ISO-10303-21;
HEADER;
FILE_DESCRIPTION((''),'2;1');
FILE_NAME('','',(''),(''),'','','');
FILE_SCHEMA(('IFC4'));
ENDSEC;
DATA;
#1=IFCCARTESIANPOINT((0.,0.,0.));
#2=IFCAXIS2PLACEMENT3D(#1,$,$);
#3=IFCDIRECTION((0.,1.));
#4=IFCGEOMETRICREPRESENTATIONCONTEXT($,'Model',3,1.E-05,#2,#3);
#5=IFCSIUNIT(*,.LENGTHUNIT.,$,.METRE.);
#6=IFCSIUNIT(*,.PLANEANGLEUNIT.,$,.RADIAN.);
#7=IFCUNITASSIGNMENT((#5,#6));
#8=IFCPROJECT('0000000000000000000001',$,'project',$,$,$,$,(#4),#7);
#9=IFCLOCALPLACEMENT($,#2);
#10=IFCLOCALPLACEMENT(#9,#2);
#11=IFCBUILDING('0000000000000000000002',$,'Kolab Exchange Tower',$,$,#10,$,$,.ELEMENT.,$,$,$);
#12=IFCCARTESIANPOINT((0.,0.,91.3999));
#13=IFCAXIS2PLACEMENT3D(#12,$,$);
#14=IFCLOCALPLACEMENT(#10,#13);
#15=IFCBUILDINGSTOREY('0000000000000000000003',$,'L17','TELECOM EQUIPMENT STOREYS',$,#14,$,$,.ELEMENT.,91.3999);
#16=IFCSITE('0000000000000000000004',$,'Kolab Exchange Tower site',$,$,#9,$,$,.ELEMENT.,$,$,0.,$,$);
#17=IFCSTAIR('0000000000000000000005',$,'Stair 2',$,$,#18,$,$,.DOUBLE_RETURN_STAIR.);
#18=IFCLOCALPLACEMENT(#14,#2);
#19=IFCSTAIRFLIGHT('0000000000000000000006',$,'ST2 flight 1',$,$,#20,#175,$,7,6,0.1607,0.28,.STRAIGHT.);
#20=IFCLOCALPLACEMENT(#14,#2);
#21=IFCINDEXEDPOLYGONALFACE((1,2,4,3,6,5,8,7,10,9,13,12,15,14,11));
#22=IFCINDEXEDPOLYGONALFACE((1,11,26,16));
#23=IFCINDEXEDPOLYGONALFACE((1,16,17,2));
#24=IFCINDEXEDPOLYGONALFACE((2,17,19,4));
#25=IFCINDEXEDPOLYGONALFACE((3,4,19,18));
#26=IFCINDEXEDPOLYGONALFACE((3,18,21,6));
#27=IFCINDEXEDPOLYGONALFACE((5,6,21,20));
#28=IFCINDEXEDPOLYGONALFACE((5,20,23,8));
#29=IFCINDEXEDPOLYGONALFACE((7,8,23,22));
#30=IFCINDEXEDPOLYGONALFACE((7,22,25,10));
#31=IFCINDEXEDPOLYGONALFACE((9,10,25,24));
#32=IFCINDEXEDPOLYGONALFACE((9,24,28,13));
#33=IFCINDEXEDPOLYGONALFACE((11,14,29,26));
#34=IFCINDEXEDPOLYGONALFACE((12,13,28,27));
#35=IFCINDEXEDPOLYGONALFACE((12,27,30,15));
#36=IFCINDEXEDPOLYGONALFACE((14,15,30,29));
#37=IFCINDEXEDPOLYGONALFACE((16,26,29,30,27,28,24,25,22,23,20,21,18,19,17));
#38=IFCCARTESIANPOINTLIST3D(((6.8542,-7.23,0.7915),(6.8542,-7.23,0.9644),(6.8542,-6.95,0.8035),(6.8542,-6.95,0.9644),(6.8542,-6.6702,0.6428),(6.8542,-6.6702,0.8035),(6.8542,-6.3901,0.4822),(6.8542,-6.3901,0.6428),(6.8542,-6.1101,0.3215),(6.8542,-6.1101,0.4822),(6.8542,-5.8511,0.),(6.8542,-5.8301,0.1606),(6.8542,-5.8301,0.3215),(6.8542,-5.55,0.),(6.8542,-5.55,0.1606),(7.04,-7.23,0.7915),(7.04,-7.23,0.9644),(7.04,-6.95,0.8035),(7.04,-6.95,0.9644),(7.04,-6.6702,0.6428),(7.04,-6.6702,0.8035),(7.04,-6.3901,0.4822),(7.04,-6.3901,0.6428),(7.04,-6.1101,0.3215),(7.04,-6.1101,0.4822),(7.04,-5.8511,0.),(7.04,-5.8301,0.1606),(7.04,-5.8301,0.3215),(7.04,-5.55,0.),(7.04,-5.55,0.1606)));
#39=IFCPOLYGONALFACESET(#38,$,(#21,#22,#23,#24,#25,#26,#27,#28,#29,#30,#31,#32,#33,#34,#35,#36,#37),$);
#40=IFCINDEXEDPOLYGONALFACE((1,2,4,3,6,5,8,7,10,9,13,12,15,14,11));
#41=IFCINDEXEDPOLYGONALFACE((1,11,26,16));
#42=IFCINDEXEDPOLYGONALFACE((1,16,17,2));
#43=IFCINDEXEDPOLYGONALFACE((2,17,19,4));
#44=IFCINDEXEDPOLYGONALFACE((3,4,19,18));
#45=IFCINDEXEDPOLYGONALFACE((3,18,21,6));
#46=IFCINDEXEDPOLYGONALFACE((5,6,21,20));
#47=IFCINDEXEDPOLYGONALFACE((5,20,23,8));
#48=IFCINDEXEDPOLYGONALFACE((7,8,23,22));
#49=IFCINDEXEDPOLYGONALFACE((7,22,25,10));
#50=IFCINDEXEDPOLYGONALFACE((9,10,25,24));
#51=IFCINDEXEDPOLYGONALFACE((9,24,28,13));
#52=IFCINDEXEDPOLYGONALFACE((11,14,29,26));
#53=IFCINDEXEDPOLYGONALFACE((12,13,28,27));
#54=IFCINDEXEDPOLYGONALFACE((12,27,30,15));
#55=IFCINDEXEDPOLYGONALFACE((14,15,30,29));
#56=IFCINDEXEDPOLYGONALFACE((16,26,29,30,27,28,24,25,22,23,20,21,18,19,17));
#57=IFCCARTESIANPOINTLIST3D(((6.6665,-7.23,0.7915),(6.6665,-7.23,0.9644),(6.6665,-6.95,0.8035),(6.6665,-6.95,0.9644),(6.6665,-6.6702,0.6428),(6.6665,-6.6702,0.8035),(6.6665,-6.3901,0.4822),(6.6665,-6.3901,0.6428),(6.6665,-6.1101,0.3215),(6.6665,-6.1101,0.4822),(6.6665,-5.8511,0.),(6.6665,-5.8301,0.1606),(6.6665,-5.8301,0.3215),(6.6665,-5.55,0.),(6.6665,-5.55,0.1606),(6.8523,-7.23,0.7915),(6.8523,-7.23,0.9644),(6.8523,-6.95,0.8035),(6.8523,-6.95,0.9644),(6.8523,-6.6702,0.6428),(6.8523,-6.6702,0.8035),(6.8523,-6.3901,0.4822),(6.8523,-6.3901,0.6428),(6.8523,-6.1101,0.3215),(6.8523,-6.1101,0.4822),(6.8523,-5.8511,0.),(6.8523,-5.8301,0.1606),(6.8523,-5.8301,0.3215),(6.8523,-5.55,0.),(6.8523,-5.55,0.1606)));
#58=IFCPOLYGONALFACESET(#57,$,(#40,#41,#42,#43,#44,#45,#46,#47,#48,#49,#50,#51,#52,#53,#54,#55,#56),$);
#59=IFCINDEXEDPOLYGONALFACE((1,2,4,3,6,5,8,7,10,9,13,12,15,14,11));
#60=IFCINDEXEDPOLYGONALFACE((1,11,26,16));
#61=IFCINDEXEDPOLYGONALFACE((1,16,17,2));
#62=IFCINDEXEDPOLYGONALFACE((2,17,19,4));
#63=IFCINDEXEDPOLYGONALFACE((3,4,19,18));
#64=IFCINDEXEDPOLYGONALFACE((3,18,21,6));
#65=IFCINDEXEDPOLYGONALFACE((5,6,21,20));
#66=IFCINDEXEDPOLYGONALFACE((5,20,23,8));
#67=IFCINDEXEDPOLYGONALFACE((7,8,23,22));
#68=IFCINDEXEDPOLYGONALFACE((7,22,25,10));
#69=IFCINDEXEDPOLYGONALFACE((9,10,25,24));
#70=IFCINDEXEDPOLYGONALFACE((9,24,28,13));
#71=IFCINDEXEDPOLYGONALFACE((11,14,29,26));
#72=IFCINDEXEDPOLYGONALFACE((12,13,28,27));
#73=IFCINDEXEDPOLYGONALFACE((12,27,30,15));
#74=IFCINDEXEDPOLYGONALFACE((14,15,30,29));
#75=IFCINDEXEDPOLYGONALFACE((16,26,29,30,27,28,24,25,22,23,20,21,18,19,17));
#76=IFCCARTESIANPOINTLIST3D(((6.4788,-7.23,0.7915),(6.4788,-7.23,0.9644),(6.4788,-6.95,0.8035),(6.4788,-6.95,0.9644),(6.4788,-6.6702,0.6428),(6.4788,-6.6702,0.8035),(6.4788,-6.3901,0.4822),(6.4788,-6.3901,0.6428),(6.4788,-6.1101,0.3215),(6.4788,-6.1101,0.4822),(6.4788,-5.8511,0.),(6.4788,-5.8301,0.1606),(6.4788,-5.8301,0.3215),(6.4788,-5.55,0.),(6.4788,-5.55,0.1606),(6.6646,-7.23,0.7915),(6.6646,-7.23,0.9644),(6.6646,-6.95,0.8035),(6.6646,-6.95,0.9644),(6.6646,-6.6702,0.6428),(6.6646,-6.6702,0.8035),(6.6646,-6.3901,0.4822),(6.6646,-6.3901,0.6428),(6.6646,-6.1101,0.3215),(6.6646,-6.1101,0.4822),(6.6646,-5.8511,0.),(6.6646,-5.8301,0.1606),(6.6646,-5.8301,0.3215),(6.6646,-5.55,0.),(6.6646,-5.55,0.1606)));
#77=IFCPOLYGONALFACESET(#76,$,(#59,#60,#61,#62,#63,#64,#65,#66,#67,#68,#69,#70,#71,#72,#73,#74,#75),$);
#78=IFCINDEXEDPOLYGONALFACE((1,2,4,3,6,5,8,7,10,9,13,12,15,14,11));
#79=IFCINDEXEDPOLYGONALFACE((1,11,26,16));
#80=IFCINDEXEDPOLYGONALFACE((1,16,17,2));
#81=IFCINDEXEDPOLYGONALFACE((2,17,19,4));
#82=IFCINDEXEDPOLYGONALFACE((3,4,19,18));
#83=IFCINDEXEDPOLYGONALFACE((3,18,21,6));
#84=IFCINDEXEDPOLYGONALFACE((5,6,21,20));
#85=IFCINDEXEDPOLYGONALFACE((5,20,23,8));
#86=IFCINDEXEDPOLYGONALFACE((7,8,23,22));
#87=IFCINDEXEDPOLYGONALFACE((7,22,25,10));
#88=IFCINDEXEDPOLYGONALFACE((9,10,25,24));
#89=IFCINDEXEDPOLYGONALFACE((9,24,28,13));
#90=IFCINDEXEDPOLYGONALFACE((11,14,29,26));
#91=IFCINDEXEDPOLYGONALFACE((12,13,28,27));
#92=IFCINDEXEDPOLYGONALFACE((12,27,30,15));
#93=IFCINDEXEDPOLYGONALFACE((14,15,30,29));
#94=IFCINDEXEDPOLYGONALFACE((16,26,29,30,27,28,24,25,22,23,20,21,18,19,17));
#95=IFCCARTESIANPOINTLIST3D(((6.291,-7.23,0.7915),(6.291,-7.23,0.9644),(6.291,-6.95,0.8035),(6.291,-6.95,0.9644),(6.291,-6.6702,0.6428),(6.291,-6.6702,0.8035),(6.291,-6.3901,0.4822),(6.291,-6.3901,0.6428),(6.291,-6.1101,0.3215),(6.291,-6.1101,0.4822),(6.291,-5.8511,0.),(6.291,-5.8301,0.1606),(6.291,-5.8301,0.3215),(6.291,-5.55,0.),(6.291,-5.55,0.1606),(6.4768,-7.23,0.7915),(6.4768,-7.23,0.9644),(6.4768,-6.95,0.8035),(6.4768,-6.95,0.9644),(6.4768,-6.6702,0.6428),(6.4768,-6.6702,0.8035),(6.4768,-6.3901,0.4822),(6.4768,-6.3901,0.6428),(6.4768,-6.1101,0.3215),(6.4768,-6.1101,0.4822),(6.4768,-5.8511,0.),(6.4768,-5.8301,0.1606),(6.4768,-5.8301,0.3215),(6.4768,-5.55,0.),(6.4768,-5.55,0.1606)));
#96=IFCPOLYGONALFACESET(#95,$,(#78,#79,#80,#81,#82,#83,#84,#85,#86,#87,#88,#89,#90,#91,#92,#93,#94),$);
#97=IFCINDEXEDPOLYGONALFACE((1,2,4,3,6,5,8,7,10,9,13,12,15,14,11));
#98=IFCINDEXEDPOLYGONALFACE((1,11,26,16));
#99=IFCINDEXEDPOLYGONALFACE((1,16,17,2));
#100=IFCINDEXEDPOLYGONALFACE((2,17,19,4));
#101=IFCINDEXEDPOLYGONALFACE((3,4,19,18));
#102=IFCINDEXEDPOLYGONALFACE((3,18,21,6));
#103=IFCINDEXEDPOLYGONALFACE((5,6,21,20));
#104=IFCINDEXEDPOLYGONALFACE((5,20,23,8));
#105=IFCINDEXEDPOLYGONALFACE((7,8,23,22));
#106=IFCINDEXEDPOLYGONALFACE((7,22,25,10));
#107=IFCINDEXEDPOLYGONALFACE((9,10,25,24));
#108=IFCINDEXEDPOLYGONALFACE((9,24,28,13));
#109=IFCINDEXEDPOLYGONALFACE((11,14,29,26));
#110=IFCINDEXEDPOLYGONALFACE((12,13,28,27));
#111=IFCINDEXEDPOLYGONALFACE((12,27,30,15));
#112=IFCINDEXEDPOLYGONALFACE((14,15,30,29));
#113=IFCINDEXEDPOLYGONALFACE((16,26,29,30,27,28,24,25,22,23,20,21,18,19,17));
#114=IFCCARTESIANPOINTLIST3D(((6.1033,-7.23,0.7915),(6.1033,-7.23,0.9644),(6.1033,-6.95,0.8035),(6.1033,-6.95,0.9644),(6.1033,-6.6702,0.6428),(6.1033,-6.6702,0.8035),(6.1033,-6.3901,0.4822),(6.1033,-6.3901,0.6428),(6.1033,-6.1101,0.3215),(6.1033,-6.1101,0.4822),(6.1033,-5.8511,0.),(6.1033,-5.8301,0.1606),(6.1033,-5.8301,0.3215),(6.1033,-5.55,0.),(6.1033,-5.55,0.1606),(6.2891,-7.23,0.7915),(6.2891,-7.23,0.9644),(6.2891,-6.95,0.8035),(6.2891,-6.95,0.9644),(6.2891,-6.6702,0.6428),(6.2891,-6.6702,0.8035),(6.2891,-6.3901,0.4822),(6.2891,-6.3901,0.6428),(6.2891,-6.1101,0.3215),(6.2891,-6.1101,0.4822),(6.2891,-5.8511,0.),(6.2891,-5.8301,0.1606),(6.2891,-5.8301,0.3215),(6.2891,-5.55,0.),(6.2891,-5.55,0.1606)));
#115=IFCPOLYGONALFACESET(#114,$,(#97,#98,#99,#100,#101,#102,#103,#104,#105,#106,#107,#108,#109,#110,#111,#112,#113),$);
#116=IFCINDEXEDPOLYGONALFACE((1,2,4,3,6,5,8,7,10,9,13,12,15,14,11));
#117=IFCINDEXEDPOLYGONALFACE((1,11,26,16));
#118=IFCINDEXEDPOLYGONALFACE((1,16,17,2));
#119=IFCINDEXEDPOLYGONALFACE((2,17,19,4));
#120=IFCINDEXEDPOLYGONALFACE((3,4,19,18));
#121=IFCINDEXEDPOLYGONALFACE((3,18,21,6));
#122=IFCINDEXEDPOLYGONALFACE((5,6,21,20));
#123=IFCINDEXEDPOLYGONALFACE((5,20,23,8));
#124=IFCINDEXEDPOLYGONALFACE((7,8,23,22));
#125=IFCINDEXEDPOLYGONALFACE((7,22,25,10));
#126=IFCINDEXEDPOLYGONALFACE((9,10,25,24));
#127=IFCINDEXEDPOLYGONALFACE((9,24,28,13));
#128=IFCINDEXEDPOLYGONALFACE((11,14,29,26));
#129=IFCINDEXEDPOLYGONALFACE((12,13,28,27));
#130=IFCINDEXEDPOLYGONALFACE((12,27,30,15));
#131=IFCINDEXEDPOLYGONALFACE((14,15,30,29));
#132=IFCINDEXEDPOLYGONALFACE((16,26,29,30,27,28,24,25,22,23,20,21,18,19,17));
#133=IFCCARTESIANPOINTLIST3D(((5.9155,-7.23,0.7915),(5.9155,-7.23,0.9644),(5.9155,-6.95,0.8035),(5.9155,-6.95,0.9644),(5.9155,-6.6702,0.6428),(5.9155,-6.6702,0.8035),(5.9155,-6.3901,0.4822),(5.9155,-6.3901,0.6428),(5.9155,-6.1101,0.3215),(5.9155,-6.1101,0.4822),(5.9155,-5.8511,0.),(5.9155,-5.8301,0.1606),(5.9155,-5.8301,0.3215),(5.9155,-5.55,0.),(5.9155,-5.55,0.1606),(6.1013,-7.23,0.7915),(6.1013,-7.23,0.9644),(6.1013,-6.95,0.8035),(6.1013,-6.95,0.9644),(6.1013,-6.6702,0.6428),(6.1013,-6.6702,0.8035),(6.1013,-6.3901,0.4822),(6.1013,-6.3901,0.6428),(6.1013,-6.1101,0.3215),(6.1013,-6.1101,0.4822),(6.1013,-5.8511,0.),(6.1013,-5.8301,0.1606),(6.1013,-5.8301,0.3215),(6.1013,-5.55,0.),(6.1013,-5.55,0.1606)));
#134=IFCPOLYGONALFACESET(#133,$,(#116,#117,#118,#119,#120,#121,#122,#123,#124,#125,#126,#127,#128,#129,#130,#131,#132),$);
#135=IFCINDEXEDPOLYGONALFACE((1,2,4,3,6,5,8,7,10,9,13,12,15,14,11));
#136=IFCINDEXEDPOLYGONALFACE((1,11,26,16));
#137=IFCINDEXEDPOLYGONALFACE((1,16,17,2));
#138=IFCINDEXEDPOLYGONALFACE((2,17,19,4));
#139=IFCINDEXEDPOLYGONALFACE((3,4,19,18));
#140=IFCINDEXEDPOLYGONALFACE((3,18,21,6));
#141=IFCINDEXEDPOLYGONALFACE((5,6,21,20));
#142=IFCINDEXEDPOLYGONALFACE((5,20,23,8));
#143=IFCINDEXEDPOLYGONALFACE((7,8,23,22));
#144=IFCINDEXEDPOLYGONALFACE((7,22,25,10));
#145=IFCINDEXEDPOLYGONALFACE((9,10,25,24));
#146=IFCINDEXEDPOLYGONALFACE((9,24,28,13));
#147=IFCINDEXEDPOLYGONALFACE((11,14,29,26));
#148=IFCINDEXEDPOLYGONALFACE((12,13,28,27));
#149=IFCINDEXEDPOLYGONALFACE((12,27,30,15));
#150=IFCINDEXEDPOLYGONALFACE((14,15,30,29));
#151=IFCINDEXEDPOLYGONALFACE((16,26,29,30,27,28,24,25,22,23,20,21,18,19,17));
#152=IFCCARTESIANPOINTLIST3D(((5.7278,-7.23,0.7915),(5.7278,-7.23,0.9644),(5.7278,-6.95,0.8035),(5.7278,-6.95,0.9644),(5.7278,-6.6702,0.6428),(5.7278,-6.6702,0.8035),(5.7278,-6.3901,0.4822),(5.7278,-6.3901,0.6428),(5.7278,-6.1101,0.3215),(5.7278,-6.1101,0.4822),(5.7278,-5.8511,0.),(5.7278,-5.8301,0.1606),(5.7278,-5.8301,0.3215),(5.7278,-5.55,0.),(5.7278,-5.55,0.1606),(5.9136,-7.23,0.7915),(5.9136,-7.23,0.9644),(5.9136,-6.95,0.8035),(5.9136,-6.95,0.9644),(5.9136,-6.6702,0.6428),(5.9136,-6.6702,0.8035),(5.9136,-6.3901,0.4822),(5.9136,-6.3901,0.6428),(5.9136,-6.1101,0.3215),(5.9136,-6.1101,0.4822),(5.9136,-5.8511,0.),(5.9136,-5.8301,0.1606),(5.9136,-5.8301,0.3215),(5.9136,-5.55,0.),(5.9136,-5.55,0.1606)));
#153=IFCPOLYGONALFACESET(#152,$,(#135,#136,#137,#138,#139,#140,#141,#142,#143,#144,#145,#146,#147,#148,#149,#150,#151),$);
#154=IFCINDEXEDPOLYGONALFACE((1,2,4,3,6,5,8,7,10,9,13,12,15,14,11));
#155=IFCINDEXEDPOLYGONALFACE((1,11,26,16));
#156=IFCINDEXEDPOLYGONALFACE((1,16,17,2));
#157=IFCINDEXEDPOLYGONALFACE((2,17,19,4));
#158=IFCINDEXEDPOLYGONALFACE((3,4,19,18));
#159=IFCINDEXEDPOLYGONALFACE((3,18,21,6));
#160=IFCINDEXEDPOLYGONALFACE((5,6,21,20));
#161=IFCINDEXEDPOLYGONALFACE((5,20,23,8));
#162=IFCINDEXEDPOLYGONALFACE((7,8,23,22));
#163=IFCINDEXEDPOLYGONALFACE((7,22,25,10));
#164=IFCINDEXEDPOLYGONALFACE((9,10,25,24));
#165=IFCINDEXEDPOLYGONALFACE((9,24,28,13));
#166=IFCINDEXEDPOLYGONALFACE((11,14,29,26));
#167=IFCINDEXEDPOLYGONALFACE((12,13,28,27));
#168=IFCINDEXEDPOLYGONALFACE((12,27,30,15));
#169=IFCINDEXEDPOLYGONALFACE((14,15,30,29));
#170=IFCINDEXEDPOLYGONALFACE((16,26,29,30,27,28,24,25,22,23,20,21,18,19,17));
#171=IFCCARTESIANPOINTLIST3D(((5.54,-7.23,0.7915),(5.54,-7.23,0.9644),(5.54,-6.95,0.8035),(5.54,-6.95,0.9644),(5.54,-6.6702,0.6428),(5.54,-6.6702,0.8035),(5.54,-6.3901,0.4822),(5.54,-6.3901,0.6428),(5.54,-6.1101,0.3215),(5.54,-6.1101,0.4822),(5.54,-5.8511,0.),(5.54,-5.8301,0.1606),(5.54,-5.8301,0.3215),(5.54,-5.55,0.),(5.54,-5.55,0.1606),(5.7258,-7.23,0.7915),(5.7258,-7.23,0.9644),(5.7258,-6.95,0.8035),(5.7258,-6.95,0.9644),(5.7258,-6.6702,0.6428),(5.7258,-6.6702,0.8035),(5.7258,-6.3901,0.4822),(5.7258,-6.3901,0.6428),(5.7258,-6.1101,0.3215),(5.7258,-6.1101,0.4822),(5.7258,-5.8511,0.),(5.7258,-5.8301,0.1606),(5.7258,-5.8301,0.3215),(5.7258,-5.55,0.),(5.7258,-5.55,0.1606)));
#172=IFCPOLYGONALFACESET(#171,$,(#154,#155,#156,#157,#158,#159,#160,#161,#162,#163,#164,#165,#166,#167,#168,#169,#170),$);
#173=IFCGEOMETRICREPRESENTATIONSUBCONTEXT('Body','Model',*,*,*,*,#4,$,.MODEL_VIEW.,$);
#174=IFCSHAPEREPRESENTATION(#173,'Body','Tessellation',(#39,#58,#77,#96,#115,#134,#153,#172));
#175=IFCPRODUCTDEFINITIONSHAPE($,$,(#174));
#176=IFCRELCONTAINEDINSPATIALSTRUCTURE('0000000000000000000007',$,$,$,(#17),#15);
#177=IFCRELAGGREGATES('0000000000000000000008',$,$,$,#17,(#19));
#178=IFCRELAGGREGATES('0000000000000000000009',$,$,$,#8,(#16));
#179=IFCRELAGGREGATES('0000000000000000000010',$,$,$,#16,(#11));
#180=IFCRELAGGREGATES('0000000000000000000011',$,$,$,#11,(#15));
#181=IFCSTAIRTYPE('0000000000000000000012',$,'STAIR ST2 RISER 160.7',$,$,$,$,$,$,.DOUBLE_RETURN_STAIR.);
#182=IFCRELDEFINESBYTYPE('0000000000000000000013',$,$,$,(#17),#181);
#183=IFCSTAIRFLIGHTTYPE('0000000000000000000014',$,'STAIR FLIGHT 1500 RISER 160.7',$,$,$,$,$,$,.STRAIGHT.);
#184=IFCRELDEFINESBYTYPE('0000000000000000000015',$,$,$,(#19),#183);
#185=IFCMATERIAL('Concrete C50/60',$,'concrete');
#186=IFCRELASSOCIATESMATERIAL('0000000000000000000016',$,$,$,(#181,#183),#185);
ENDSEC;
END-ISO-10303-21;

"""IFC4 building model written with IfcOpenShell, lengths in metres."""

from ifc_helpers import new_model, si_unit, direction, frame, origin, place, context, subcontext, project, spatial, polyline, outline, extrude, material, type_object, element, aggregate, save


model = new_model("IFC4")

# Units and contexts
model_context = context("Model", 3, precision=1e-05, world=origin(), true_north=direction((0.0, 1.0)))
body_context = subcontext(model_context, "Body", "Model", "MODEL_VIEW")
ifc_project = project(units=[si_unit("LENGTHUNIT", "METRE"), si_unit("PLANEANGLEUNIT", "RADIAN")], contexts=[model_context])

# Site, building, storey
site_placement = place(None, origin())
site = spatial("IfcSite", under=ifc_project, at=site_placement, Name="Kolab Exchange Tower site", CompositionType="ELEMENT", RefElevation=0.0)
building_placement = place(site_placement, origin())
building = spatial("IfcBuilding", under=site, at=building_placement, Name="Kolab Exchange Tower", CompositionType="ELEMENT")
storey_placement = place(building_placement, frame((0.0, 0.0, 91.3999)))
storey = spatial("IfcBuildingStorey", under=building, at=storey_placement, Name="L17", Description="TELECOM EQUIPMENT STOREYS", CompositionType="ELEMENT", Elevation=91.3999)

# Shared definitions
ifc_material_1 = material(Name="Concrete C50/60", Category="concrete")

# Stair, stair flight
stair_type = type_object("IfcStairType", Name="STAIR ST2 RISER 160.7", PredefinedType="DOUBLE_RETURN_STAIR", material=ifc_material_1)
stair_placement = place(storey_placement, origin())
stair = element("IfcStair", 1, at=stair_placement, inside=storey, type_object=stair_type, Name="Stair 2", PredefinedType="DOUBLE_RETURN_STAIR")
stair_flight_type = type_object("IfcStairFlightType", Name="STAIR FLIGHT 1500 RISER 160.7", PredefinedType="STRAIGHT", material=ifc_material_1)
stair_flight_1_placement = place(storey_placement, frame((6.29, -5.55, 0.0), z_axis=(0.0, 0.0, 1.0), x_axis=(0.0, -1.0, 0.0)))
stair_flight_1 = element("IfcStairFlight", 2, at=stair_flight_1_placement, type_object=stair_flight_type, Name="ST2 flight 1", NumberOfRisers=7, NumberOfTreads=6, PredefinedType="STRAIGHT", RiserHeight=0.1607, TreadLength=0.28, context=body_context, shape_type="SweptSolid", body=[
    extrude(outline(polyline([(0.0, 0.0), (0.0, 0.1606), (0.28, 0.1606), (0.28, 0.3215), (0.5601, 0.3215), (0.5601, 0.4822), (0.8401, 0.4822), (0.8401, 0.6428), (1.1201, 0.6428), (1.1201, 0.8035), (1.3999, 0.8035), (1.3999, 0.9644), (1.6799, 0.9644), (1.6799, 1.125), (1.6799, 0.7915), (0.301, 0.0), (0.0, 0.0)])), frame((0.0, 0.75, 0.0), z_axis=(0.0, -1.0, 0.0), x_axis=(1.0, 0.0, 0.0)), (0.0, 0.0, 1.0), 0.1858),
    extrude(outline(polyline([(0.0, 0.0), (0.0, 0.1606), (0.28, 0.1606), (0.28, 0.3215), (0.5601, 0.3215), (0.5601, 0.4822), (0.8401, 0.4822), (0.8401, 0.6428), (1.1201, 0.6428), (1.1201, 0.8035), (1.3999, 0.8035), (1.3999, 0.9644), (1.6799, 0.9644), (1.6799, 1.125), (1.6799, 0.7915), (0.301, 0.0), (0.0, 0.0)])), frame((0.0, 0.5623, 0.0), z_axis=(0.0, -1.0, 0.0), x_axis=(1.0, 0.0, 0.0)), (0.0, 0.0, 1.0), 0.1858),
    extrude(outline(polyline([(0.0, 0.0), (0.0, 0.1606), (0.28, 0.1606), (0.28, 0.3215), (0.5601, 0.3215), (0.5601, 0.4822), (0.8401, 0.4822), (0.8401, 0.6428), (1.1201, 0.6428), (1.1201, 0.8035), (1.3999, 0.8035), (1.3999, 0.9644), (1.6799, 0.9644), (1.6799, 1.125), (1.6799, 0.7915), (0.301, 0.0), (0.0, 0.0)])), frame((0.0, 0.3745, 0.0), z_axis=(0.0, -1.0, 0.0), x_axis=(1.0, 0.0, 0.0)), (0.0, 0.0, 1.0), 0.1858),
    extrude(outline(polyline([(0.0, 0.0), (0.0, 0.1606), (0.28, 0.1606), (0.28, 0.3215), (0.5601, 0.3215), (0.5601, 0.4822), (0.8401, 0.4822), (0.8401, 0.6428), (1.1201, 0.6428), (1.1201, 0.8035), (1.3999, 0.8035), (1.3999, 0.9644), (1.6799, 0.9644), (1.6799, 1.125), (1.6799, 0.7915), (0.301, 0.0), (0.0, 0.0)])), frame((0.0, 0.1868, 0.0), z_axis=(0.0, -1.0, 0.0), x_axis=(1.0, 0.0, 0.0)), (0.0, 0.0, 1.0), 0.1858),
    extrude(outline(polyline([(0.0, 0.0), (0.0, 0.1606), (0.28, 0.1606), (0.28, 0.3215), (0.5601, 0.3215), (0.5601, 0.4822), (0.8401, 0.4822), (0.8401, 0.6428), (1.1201, 0.6428), (1.1201, 0.8035), (1.3999, 0.8035), (1.3999, 0.9644), (1.6799, 0.9644), (1.6799, 1.125), (1.6799, 0.7915), (0.301, 0.0), (0.0, 0.0)])), frame((0.0, -0.001, 0.0), z_axis=(0.0, -1.0, 0.0), x_axis=(1.0, 0.0, 0.0)), (0.0, 0.0, 1.0), 0.1858),
    extrude(outline(polyline([(0.0, 0.0), (0.0, 0.1606), (0.28, 0.1606), (0.28, 0.3215), (0.5601, 0.3215), (0.5601, 0.4822), (0.8401, 0.4822), (0.8401, 0.6428), (1.1201, 0.6428), (1.1201, 0.8035), (1.3999, 0.8035), (1.3999, 0.9644), (1.6799, 0.9644), (1.6799, 1.125), (1.6799, 0.7915), (0.301, 0.0), (0.0, 0.0)])), frame((0.0, -0.1887, 0.0), z_axis=(0.0, -1.0, 0.0), x_axis=(1.0, 0.0, 0.0)), (0.0, 0.0, 1.0), 0.1858),
    extrude(outline(polyline([(0.0, 0.0), (0.0, 0.1606), (0.28, 0.1606), (0.28, 0.3215), (0.5601, 0.3215), (0.5601, 0.4822), (0.8401, 0.4822), (0.8401, 0.6428), (1.1201, 0.6428), (1.1201, 0.8035), (1.3999, 0.8035), (1.3999, 0.9644), (1.6799, 0.9644), (1.6799, 1.125), (1.6799, 0.7915), (0.301, 0.0), (0.0, 0.0)])), frame((0.0, -0.3765, 0.0), z_axis=(0.0, -1.0, 0.0), x_axis=(1.0, 0.0, 0.0)), (0.0, 0.0, 1.0), 0.1858),
    extrude(outline(polyline([(0.0, 0.0), (0.0, 0.1606), (0.28, 0.1606), (0.28, 0.3215), (0.5601, 0.3215), (0.5601, 0.4822), (0.8401, 0.4822), (0.8401, 0.6428), (1.1201, 0.6428), (1.1201, 0.8035), (1.3999, 0.8035), (1.3999, 0.9644), (1.6799, 0.9644), (1.6799, 1.125), (1.6799, 0.7915), (0.301, 0.0), (0.0, 0.0)])), frame((0.0, -0.5642, 0.0), z_axis=(0.0, -1.0, 0.0), x_axis=(1.0, 0.0, 0.0)), (0.0, 0.0, 1.0), 0.1858),
])
aggregate(stair, [stair_flight_1])

save(model, "model.ifc")
